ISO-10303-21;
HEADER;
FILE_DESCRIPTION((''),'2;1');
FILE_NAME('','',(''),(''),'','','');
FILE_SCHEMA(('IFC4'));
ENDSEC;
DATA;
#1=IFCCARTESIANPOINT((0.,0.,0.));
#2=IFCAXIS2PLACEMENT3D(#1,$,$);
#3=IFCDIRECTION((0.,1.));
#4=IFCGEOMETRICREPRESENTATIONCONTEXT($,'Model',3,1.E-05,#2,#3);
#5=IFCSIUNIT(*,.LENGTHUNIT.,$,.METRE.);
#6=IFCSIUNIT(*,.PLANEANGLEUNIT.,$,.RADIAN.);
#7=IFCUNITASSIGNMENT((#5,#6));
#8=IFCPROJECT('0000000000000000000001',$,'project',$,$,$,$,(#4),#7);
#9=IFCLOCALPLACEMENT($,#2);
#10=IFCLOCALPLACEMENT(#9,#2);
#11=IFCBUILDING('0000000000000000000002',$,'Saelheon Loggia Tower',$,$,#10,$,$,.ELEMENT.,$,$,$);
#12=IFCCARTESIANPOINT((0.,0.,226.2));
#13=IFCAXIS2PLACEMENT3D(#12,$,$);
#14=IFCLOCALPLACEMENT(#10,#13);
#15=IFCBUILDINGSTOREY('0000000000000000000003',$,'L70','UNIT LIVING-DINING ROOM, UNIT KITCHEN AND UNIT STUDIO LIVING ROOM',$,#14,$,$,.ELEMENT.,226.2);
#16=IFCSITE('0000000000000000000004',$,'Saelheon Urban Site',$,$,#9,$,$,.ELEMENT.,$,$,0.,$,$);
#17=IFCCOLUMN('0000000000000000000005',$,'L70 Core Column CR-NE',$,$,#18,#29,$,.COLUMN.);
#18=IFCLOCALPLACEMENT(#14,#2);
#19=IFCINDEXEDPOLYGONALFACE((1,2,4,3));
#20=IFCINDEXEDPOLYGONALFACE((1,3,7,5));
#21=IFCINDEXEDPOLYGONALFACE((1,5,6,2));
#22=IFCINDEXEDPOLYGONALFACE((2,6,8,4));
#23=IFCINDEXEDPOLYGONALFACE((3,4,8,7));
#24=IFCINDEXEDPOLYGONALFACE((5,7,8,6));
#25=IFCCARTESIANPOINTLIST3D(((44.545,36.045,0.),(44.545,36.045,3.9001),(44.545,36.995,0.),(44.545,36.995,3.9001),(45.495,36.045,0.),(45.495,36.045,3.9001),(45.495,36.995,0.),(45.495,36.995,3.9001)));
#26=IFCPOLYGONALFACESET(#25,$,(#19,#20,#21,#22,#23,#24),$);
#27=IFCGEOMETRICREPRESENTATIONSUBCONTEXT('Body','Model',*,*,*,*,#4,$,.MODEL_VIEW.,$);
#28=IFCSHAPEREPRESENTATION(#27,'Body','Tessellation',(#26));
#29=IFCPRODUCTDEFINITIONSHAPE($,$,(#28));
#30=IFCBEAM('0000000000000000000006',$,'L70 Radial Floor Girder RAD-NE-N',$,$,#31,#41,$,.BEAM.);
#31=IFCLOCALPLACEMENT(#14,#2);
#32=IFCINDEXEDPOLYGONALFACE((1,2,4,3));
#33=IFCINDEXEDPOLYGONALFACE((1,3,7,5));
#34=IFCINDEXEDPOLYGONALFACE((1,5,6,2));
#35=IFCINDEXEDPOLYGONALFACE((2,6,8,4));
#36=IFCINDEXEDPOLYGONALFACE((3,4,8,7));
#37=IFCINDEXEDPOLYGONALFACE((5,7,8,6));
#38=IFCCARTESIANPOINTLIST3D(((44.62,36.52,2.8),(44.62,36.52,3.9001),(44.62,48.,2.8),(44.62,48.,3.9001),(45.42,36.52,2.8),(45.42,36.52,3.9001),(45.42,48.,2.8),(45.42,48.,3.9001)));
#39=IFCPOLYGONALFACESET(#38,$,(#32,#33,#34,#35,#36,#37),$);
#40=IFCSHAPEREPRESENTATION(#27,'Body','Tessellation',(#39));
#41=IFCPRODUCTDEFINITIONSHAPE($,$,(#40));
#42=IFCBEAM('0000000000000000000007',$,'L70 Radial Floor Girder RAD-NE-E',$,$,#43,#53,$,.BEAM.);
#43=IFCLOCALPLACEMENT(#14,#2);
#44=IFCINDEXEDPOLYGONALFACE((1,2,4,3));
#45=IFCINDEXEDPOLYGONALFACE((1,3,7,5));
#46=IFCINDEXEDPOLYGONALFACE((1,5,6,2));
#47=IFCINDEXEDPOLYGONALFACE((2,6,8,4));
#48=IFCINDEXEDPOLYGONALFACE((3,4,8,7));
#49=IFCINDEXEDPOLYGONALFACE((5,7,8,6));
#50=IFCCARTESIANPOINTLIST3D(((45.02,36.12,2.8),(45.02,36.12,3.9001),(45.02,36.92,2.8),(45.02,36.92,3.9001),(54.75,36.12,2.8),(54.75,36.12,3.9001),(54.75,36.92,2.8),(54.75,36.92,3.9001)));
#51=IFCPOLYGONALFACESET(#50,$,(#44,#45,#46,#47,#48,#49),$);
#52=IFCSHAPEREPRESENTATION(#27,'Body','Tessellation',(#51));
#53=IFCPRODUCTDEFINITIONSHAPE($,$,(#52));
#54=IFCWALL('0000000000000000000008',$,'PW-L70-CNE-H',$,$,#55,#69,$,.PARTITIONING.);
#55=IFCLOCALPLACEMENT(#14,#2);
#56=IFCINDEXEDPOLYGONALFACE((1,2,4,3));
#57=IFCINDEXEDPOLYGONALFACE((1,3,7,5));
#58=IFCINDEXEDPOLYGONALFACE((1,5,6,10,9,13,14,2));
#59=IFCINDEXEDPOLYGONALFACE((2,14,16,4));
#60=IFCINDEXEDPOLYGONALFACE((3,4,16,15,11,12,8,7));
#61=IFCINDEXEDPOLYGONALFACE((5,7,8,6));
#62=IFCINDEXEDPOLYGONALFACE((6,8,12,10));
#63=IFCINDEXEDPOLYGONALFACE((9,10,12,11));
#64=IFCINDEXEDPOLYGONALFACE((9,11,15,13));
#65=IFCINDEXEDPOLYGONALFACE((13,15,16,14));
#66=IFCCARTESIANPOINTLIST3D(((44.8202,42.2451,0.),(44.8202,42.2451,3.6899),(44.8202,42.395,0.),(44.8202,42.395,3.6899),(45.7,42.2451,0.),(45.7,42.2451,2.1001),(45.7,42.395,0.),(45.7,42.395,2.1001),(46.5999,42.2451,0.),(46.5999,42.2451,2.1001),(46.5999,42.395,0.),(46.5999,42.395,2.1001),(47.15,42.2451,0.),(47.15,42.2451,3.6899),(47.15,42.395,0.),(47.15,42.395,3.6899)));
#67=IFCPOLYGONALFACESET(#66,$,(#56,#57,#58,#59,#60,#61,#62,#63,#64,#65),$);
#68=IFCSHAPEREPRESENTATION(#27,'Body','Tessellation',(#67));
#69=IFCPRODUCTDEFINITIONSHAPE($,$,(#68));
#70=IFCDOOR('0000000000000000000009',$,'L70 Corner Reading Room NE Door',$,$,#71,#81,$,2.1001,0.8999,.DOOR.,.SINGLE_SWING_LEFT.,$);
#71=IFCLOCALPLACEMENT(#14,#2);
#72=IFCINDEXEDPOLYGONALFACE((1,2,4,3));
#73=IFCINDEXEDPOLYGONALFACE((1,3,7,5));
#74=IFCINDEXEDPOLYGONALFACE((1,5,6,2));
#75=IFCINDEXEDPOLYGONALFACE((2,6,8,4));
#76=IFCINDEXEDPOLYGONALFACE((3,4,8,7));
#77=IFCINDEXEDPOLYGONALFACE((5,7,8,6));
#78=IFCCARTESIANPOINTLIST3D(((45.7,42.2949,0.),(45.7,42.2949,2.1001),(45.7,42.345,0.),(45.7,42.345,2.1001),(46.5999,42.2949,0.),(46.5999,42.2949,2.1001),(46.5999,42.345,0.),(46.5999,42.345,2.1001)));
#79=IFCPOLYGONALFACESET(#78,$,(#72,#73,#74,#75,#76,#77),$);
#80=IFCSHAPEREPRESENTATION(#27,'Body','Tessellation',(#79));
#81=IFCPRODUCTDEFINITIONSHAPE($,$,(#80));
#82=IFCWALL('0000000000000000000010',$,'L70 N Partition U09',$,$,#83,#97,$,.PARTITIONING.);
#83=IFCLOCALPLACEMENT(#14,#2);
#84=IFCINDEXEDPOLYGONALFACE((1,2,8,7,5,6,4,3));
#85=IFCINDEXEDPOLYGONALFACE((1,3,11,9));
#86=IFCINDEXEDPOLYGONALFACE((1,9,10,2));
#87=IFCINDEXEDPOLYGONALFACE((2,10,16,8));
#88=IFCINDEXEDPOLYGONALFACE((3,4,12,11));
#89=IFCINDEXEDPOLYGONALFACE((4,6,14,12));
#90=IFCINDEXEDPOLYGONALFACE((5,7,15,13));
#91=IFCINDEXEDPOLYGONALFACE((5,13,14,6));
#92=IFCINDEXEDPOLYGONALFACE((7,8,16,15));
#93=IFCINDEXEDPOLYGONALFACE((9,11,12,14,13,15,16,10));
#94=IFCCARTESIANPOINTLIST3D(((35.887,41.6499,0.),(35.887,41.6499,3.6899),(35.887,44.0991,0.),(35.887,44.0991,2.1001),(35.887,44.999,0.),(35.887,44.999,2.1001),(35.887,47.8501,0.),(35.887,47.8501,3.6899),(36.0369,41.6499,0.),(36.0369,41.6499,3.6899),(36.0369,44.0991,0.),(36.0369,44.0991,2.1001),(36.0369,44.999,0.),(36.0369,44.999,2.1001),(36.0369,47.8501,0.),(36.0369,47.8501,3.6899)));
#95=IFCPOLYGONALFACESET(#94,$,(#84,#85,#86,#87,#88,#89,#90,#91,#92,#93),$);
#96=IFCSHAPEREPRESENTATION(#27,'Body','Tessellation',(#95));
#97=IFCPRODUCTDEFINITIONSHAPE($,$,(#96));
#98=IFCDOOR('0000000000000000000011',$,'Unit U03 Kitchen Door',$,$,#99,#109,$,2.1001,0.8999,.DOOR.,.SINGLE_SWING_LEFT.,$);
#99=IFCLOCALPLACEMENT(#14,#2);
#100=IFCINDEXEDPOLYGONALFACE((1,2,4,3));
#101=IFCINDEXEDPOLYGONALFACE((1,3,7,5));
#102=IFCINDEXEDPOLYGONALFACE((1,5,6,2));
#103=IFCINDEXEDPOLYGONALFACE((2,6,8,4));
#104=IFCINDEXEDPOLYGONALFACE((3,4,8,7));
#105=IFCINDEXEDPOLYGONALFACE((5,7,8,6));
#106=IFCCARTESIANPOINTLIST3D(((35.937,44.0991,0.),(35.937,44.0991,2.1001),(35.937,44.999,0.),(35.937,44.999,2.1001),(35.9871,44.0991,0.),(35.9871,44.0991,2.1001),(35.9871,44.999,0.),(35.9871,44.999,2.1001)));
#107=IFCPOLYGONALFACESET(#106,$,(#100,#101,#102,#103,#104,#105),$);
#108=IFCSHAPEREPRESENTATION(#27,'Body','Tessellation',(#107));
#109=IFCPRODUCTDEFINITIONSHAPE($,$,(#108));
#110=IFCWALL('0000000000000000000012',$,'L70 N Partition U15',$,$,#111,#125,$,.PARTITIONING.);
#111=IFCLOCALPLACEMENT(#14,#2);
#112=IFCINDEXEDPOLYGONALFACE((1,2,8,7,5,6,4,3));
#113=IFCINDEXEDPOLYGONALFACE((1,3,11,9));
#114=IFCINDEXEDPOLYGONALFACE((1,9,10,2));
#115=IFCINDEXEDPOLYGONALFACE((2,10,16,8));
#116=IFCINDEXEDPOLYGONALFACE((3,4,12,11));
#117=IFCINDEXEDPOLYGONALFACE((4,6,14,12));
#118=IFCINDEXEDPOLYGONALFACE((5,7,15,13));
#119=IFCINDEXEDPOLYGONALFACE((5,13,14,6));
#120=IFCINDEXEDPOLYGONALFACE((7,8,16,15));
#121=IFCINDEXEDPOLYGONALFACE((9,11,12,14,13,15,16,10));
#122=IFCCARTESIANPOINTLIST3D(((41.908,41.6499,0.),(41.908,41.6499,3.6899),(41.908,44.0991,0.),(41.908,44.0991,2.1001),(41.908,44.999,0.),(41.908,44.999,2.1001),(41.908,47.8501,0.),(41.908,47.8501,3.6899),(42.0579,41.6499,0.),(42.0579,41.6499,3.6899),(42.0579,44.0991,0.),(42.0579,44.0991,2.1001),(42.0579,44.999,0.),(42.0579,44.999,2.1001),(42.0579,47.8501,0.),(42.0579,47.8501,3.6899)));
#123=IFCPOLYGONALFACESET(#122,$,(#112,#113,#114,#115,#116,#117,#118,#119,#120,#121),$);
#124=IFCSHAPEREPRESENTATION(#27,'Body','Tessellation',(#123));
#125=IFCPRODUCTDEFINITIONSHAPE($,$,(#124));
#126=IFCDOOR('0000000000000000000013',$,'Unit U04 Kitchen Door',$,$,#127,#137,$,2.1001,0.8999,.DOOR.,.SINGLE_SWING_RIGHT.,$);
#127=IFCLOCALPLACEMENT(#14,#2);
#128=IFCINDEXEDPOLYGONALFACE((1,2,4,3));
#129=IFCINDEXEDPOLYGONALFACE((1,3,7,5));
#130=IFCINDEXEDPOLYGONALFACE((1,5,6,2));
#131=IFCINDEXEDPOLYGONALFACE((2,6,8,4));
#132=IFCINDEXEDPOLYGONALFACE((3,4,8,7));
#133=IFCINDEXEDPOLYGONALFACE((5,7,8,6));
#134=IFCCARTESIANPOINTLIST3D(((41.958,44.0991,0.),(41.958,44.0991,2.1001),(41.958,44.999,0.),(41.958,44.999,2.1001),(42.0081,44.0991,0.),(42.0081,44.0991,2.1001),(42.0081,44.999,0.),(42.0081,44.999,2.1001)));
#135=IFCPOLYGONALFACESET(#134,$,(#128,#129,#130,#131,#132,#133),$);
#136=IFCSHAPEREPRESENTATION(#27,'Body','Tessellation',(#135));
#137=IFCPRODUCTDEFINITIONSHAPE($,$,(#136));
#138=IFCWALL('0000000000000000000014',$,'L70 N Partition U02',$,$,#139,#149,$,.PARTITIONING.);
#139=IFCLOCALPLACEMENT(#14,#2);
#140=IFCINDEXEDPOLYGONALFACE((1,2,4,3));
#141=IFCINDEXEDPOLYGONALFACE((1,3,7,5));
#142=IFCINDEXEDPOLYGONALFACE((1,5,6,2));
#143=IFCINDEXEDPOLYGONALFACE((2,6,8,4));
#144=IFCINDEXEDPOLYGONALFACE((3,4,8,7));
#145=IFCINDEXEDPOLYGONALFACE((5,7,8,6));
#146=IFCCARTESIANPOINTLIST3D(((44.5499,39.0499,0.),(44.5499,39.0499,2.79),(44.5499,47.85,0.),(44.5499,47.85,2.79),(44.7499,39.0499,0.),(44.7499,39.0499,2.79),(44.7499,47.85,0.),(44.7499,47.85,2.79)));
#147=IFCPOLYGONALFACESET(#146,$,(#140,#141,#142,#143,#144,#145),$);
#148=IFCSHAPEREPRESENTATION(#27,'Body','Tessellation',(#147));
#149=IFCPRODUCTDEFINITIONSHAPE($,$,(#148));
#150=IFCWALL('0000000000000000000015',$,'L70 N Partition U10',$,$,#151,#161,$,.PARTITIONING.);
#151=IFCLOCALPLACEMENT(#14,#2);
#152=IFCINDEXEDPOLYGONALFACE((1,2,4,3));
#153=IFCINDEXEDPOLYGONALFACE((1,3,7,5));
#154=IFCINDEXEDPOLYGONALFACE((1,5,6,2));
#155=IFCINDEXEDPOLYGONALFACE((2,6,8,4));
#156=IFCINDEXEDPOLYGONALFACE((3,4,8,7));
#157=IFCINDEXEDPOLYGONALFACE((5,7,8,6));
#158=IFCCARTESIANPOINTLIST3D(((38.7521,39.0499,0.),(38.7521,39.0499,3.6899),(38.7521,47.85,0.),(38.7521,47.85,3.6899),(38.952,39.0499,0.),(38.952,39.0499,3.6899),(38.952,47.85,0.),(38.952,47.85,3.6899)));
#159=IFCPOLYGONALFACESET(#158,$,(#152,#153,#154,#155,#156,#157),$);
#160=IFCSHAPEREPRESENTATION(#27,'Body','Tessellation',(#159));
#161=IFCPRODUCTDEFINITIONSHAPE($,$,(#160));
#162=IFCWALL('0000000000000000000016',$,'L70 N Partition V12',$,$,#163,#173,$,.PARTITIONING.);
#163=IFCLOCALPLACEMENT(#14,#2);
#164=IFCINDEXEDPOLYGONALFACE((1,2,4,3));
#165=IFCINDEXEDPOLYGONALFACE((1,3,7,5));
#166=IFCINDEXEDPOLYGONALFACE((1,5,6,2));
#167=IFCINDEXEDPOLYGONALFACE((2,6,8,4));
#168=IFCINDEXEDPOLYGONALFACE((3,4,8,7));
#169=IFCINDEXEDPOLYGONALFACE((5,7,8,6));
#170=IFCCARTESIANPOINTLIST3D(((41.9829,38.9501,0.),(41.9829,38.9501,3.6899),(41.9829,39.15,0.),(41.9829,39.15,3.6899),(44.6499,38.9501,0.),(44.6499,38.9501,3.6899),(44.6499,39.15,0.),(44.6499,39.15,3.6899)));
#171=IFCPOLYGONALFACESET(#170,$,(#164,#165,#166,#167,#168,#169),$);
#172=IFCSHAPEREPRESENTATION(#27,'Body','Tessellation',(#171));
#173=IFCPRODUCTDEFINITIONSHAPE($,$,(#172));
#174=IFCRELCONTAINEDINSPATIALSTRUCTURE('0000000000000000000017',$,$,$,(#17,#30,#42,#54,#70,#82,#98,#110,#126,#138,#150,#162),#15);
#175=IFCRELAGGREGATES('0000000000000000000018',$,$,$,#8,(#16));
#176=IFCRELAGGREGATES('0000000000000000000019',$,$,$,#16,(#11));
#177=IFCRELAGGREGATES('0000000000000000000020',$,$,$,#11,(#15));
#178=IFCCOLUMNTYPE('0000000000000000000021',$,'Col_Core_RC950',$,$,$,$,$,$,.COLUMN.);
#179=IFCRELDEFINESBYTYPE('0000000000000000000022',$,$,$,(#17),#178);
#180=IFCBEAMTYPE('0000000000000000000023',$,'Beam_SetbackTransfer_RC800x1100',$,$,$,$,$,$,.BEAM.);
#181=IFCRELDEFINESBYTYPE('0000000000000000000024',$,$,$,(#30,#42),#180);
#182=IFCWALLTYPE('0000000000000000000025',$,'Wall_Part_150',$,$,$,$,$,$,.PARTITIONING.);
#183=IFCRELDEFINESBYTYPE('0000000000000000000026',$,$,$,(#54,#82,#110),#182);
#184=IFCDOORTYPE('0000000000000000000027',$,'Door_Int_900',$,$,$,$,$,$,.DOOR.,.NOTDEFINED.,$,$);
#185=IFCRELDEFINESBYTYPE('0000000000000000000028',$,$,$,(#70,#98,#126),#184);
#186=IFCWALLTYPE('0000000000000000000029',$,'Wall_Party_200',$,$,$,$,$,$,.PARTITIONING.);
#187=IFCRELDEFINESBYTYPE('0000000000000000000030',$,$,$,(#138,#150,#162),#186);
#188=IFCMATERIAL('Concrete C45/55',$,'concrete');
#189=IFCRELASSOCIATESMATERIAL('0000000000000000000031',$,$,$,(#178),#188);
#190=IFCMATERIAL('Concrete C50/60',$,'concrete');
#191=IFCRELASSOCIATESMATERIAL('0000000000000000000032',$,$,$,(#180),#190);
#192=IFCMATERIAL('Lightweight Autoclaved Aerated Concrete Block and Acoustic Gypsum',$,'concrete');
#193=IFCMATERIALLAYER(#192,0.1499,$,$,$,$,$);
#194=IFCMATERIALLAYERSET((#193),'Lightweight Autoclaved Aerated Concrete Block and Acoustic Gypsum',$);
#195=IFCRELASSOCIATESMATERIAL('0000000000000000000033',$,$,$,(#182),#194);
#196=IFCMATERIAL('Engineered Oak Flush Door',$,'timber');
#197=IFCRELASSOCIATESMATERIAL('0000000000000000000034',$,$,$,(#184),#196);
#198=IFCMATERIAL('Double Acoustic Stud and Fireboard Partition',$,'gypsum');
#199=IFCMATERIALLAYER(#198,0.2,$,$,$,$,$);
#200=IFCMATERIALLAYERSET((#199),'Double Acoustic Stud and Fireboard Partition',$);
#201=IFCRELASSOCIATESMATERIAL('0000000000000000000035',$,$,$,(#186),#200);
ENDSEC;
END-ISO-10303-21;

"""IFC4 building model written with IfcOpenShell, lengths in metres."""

from ifc_helpers import new_model, si_unit, direction, frame, frame_2d, origin, origin_2d, place, context, subcontext, project, spatial, rectangle, extrude, source, transform, mapped, material, layer, layer_set, material_profile, profile_set, type_object, element, fill, save


model = new_model("IFC4")

# Units and contexts
model_context = context("Model", 3, precision=1e-05, world=origin(), true_north=direction((0.0, 1.0)))
body_context = subcontext(model_context, "Body", "Model", "MODEL_VIEW")
ifc_project = project(units=[si_unit("LENGTHUNIT", "METRE"), si_unit("PLANEANGLEUNIT", "RADIAN")], contexts=[model_context])

# Site, building, storey
site_placement = place(None, origin())
site = spatial("IfcSite", under=ifc_project, at=site_placement, Name="Saelheon Urban Site", CompositionType="ELEMENT", RefElevation=0.0)
building_placement = place(site_placement, origin())
building = spatial("IfcBuilding", under=site, at=building_placement, Name="Saelheon Loggia Tower", CompositionType="ELEMENT")
storey_placement = place(building_placement, frame((0.0, 0.0, 226.2)))
storey = spatial("IfcBuildingStorey", under=building, at=storey_placement, Name="L70", Description="UNIT LIVING-DINING ROOM, UNIT KITCHEN AND UNIT STUDIO LIVING ROOM", CompositionType="ELEMENT", Elevation=226.2)

# Column
ifc_material_1 = material(Name="Concrete C45/55", Category="concrete")
ifc_material_profile_1 = material_profile(ifc_material_1, rectangle(XDim=0.95, YDim=0.95, at=origin_2d()), Name="RC-950x950")
ifc_profile_set_1 = profile_set([ifc_material_profile_1], Name="Concrete C45/55")
column_type = type_object("IfcColumnType", Name="Col_Core_RC950", PredefinedType="COLUMN", material=ifc_profile_set_1)
shared_shape_1 = source(origin(), body_context, "Body", "SweptSolid", [
    extrude(rectangle(XDim=0.95, YDim=0.95, at=origin_2d()), origin(), (0.0, 0.0, 1.0), 3.9001),
])
column_placement = place(storey_placement, frame((45.02, 36.52, 0.0), z_axis=(0.0, 0.0, 1.0), x_axis=(1.0, 0.0, 0.0)))
element("IfcColumn", 1, at=column_placement, inside=storey, type_object=column_type, Name="L70 Core Column CR-NE", PredefinedType="COLUMN", context=body_context, shape_type="MappedRepresentation", body=[
    mapped(shared_shape_1, transform((0.0, 0.0, 0.0), scale=1.0)),
])

# Beams
ifc_material_2 = material(Name="Concrete C50/60", Category="concrete")
ifc_material_profile_2 = material_profile(ifc_material_2, rectangle(XDim=0.8, YDim=1.1001, at=origin_2d()), Name="RC-800x1100")
ifc_profile_set_2 = profile_set([ifc_material_profile_2], Name="Concrete C50/60")
beam_type = type_object("IfcBeamType", Name="Beam_SetbackTransfer_RC800x1100", PredefinedType="BEAM", material=ifc_profile_set_2)
shared_shape_2 = source(origin(), body_context, "Body", "SweptSolid", [
    extrude(rectangle(XDim=0.8, YDim=1.1001, at=origin_2d()), origin(), (0.0, 0.0, 1.0), 11.48),
])
beam_1_placement = place(storey_placement, frame((45.02, 36.52, 3.3501), z_axis=(0.0, 1.0, 0.0), x_axis=(-1.0, 0.0, 0.0)))
element("IfcBeam", 2, at=beam_1_placement, inside=storey, type_object=beam_type, Name="L70 Radial Floor Girder RAD-NE-N", PredefinedType="BEAM", context=body_context, shape_type="MappedRepresentation", body=[
    mapped(shared_shape_2, transform((0.0, 0.0, 0.0), scale=1.0)),
])
shared_shape_3 = source(origin(), body_context, "Body", "SweptSolid", [
    extrude(rectangle(XDim=0.8, YDim=1.1001, at=origin_2d()), origin(), (0.0, 0.0, 1.0), 9.73),
])
beam_2_placement = place(storey_placement, frame((45.02, 36.52, 3.3501), z_axis=(1.0, 0.0, 0.0), x_axis=(0.0, 1.0, 0.0)))
element("IfcBeam", 3, at=beam_2_placement, inside=storey, type_object=beam_type, Name="L70 Radial Floor Girder RAD-NE-E", PredefinedType="BEAM", context=body_context, shape_type="MappedRepresentation", body=[
    mapped(shared_shape_3, transform((0.0, 0.0, 0.0), scale=1.0)),
])

# Walls, openings, doors
ifc_material_3 = material(Name="Lightweight Autoclaved Aerated Concrete Block and Acoustic Gypsum", Category="concrete")
ifc_layer_1 = layer(ifc_material_3, 0.1499)
ifc_layer_set_1 = layer_set([ifc_layer_1], Name="Lightweight Autoclaved Aerated Concrete Block and Acoustic Gypsum")
wall_type_1 = type_object("IfcWallType", Name="Wall_Part_150", PredefinedType="PARTITIONING", material=ifc_layer_set_1)
wall_1_placement = place(storey_placement, frame((44.8201, 42.3201, 0.0), z_axis=(0.0, 0.0, 1.0), x_axis=(1.0, 0.0, 0.0)))
wall_1 = element("IfcWall", 4, at=wall_1_placement, inside=storey, type_object=wall_type_1, Name="PW-L70-CNE-H", PredefinedType="PARTITIONING", context=body_context, shape_type="SweptSolid", body=[
    extrude(rectangle(XDim=2.3298, YDim=0.1499, at=frame_2d((1.165, 0.0))), origin(), (0.0, 0.0, 1.0), 3.6899),
])
opening_1_placement = place(wall_1_placement, frame((0.8799, 0.0, 0.0)))
opening_1 = element("IfcOpeningElement", 5, at=opening_1_placement, cuts=wall_1, PredefinedType="OPENING", context=body_context, shape_type="SweptSolid", body=[
    extrude(rectangle(XDim=0.8999, YDim=2.1001, at=frame_2d((0.45, 1.05))), frame((0.0, 0.0869, 0.0), z_axis=(0.0, -1.0, 0.0), x_axis=(1.0, 0.0, 0.0)), (0.0, 0.0, 1.0), 0.1738),
])
ifc_material_4 = material(Name="Engineered Oak Flush Door", Category="timber")
door_type_1 = type_object("IfcDoorType", Name="Door_Int_900", OperationType="NOTDEFINED", PredefinedType="DOOR", material=ifc_material_4)
shared_shape_4 = source(origin(), body_context, "Body", "SweptSolid", [
    extrude(rectangle(XDim=0.8999, YDim=2.1001, at=frame_2d((0.45, 1.05))), frame((0.0, 0.0249, 0.0), z_axis=(0.0, -1.0, 0.0), x_axis=(1.0, 0.0, 0.0)), (0.0, 0.0, 1.0), 0.05),
])
door_1_placement = place(opening_1_placement, origin())
door_1 = element("IfcDoor", 6, at=door_1_placement, inside=storey, type_object=door_type_1, Name="L70 Corner Reading Room NE Door", OperationType="SINGLE_SWING_LEFT", OverallHeight=2.1001, OverallWidth=0.8999, PredefinedType="DOOR", context=body_context, shape_type="MappedRepresentation", body=[
    mapped(shared_shape_4, transform((0.0, 0.0, 0.0), scale=1.0)),
])
fill(opening_1, door_1)
wall_2_placement = place(storey_placement, frame((35.9619, 41.6499, 0.0), z_axis=(0.0, 0.0, 1.0), x_axis=(0.0, 1.0, 0.0)))
wall_2 = element("IfcWall", 7, at=wall_2_placement, inside=storey, type_object=wall_type_1, Name="L70 N Partition U09", PredefinedType="PARTITIONING", context=body_context, shape_type="SweptSolid", body=[
    extrude(rectangle(XDim=6.2002, YDim=0.1499, at=frame_2d((3.1001, 0.0))), origin(), (0.0, 0.0, 1.0), 3.6899),
])
opening_2_placement = place(wall_2_placement, frame((2.4492, 0.0, 0.0)))
opening_2 = element("IfcOpeningElement", 8, at=opening_2_placement, cuts=wall_2, PredefinedType="OPENING", context=body_context, shape_type="SweptSolid", body=[
    extrude(rectangle(XDim=0.8999, YDim=2.1001, at=frame_2d((0.45, 1.05))), frame((0.0, 0.0869, 0.0), z_axis=(0.0, -1.0, 0.0), x_axis=(1.0, 0.0, 0.0)), (0.0, 0.0, 1.0), 0.1738),
])
door_2_placement = place(opening_2_placement, origin())
door_2 = element("IfcDoor", 9, at=door_2_placement, inside=storey, type_object=door_type_1, Name="Unit U03 Kitchen Door", OperationType="SINGLE_SWING_LEFT", OverallHeight=2.1001, OverallWidth=0.8999, PredefinedType="DOOR", context=body_context, shape_type="MappedRepresentation", body=[
    mapped(shared_shape_4, transform((0.0, 0.0, 0.0), scale=1.0)),
])
fill(opening_2, door_2)
wall_3_placement = place(storey_placement, frame((41.9829, 41.6499, 0.0), z_axis=(0.0, 0.0, 1.0), x_axis=(0.0, 1.0, 0.0)))
wall_3 = element("IfcWall", 10, at=wall_3_placement, inside=storey, type_object=wall_type_1, Name="L70 N Partition U15", PredefinedType="PARTITIONING", context=body_context, shape_type="SweptSolid", body=[
    extrude(rectangle(XDim=6.2002, YDim=0.1499, at=frame_2d((3.1001, 0.0))), origin(), (0.0, 0.0, 1.0), 3.6899),
])
opening_3_placement = place(wall_3_placement, frame((2.4492, 0.0, 0.0)))
opening_3 = element("IfcOpeningElement", 11, at=opening_3_placement, cuts=wall_3, PredefinedType="OPENING", context=body_context, shape_type="SweptSolid", body=[
    extrude(rectangle(XDim=0.8999, YDim=2.1001, at=frame_2d((0.45, 1.05))), frame((0.0, 0.0869, 0.0), z_axis=(0.0, -1.0, 0.0), x_axis=(1.0, 0.0, 0.0)), (0.0, 0.0, 1.0), 0.1738),
])
door_3_placement = place(opening_3_placement, origin())
door_3 = element("IfcDoor", 12, at=door_3_placement, inside=storey, type_object=door_type_1, Name="Unit U04 Kitchen Door", OperationType="SINGLE_SWING_RIGHT", OverallHeight=2.1001, OverallWidth=0.8999, PredefinedType="DOOR", context=body_context, shape_type="MappedRepresentation", body=[
    mapped(shared_shape_4, transform((0.0, 0.0, 0.0), scale=1.0)),
])
fill(opening_3, door_3)

# Wall
ifc_material_5 = material(Name="Double Acoustic Stud and Fireboard Partition", Category="gypsum")
ifc_layer_2 = layer(ifc_material_5, 0.2)
ifc_layer_set_2 = layer_set([ifc_layer_2], Name="Double Acoustic Stud and Fireboard Partition")
wall_type_2 = type_object("IfcWallType", Name="Wall_Party_200", PredefinedType="PARTITIONING", material=ifc_layer_set_2)
wall_4_placement = place(storey_placement, frame((44.6499, 39.05, 0.0), z_axis=(0.0, 0.0, 1.0), x_axis=(0.0, 1.0, 0.0)))
element("IfcWall", 13, at=wall_4_placement, inside=storey, type_object=wall_type_2, Name="L70 N Partition U02", PredefinedType="PARTITIONING", context=body_context, shape_type="SweptSolid", body=[
    extrude(rectangle(XDim=8.8, YDim=0.2, at=frame_2d((4.3999, 0.0))), origin(), (0.0, 0.0, 1.0), 2.79),
])

# Wall
wall_5_placement = place(storey_placement, frame((38.8521, 39.05, 0.0), z_axis=(0.0, 0.0, 1.0), x_axis=(0.0, 1.0, 0.0)))
element("IfcWall", 14, at=wall_5_placement, inside=storey, type_object=wall_type_2, Name="L70 N Partition U10", PredefinedType="PARTITIONING", context=body_context, shape_type="SweptSolid", body=[
    extrude(rectangle(XDim=8.8, YDim=0.2, at=frame_2d((4.3999, 0.0))), origin(), (0.0, 0.0, 1.0), 3.6899),
])

# Wall
wall_6_placement = place(storey_placement, frame((41.9829, 39.05, 0.0), z_axis=(0.0, 0.0, 1.0), x_axis=(1.0, 0.0, 0.0)))
element("IfcWall", 15, at=wall_6_placement, inside=storey, type_object=wall_type_2, Name="L70 N Partition V12", PredefinedType="PARTITIONING", context=body_context, shape_type="SweptSolid", body=[
    extrude(rectangle(XDim=2.667, YDim=0.2, at=frame_2d((1.3335, 0.0))), origin(), (0.0, 0.0, 1.0), 3.6899),
])

save(model, "model.ifc")
